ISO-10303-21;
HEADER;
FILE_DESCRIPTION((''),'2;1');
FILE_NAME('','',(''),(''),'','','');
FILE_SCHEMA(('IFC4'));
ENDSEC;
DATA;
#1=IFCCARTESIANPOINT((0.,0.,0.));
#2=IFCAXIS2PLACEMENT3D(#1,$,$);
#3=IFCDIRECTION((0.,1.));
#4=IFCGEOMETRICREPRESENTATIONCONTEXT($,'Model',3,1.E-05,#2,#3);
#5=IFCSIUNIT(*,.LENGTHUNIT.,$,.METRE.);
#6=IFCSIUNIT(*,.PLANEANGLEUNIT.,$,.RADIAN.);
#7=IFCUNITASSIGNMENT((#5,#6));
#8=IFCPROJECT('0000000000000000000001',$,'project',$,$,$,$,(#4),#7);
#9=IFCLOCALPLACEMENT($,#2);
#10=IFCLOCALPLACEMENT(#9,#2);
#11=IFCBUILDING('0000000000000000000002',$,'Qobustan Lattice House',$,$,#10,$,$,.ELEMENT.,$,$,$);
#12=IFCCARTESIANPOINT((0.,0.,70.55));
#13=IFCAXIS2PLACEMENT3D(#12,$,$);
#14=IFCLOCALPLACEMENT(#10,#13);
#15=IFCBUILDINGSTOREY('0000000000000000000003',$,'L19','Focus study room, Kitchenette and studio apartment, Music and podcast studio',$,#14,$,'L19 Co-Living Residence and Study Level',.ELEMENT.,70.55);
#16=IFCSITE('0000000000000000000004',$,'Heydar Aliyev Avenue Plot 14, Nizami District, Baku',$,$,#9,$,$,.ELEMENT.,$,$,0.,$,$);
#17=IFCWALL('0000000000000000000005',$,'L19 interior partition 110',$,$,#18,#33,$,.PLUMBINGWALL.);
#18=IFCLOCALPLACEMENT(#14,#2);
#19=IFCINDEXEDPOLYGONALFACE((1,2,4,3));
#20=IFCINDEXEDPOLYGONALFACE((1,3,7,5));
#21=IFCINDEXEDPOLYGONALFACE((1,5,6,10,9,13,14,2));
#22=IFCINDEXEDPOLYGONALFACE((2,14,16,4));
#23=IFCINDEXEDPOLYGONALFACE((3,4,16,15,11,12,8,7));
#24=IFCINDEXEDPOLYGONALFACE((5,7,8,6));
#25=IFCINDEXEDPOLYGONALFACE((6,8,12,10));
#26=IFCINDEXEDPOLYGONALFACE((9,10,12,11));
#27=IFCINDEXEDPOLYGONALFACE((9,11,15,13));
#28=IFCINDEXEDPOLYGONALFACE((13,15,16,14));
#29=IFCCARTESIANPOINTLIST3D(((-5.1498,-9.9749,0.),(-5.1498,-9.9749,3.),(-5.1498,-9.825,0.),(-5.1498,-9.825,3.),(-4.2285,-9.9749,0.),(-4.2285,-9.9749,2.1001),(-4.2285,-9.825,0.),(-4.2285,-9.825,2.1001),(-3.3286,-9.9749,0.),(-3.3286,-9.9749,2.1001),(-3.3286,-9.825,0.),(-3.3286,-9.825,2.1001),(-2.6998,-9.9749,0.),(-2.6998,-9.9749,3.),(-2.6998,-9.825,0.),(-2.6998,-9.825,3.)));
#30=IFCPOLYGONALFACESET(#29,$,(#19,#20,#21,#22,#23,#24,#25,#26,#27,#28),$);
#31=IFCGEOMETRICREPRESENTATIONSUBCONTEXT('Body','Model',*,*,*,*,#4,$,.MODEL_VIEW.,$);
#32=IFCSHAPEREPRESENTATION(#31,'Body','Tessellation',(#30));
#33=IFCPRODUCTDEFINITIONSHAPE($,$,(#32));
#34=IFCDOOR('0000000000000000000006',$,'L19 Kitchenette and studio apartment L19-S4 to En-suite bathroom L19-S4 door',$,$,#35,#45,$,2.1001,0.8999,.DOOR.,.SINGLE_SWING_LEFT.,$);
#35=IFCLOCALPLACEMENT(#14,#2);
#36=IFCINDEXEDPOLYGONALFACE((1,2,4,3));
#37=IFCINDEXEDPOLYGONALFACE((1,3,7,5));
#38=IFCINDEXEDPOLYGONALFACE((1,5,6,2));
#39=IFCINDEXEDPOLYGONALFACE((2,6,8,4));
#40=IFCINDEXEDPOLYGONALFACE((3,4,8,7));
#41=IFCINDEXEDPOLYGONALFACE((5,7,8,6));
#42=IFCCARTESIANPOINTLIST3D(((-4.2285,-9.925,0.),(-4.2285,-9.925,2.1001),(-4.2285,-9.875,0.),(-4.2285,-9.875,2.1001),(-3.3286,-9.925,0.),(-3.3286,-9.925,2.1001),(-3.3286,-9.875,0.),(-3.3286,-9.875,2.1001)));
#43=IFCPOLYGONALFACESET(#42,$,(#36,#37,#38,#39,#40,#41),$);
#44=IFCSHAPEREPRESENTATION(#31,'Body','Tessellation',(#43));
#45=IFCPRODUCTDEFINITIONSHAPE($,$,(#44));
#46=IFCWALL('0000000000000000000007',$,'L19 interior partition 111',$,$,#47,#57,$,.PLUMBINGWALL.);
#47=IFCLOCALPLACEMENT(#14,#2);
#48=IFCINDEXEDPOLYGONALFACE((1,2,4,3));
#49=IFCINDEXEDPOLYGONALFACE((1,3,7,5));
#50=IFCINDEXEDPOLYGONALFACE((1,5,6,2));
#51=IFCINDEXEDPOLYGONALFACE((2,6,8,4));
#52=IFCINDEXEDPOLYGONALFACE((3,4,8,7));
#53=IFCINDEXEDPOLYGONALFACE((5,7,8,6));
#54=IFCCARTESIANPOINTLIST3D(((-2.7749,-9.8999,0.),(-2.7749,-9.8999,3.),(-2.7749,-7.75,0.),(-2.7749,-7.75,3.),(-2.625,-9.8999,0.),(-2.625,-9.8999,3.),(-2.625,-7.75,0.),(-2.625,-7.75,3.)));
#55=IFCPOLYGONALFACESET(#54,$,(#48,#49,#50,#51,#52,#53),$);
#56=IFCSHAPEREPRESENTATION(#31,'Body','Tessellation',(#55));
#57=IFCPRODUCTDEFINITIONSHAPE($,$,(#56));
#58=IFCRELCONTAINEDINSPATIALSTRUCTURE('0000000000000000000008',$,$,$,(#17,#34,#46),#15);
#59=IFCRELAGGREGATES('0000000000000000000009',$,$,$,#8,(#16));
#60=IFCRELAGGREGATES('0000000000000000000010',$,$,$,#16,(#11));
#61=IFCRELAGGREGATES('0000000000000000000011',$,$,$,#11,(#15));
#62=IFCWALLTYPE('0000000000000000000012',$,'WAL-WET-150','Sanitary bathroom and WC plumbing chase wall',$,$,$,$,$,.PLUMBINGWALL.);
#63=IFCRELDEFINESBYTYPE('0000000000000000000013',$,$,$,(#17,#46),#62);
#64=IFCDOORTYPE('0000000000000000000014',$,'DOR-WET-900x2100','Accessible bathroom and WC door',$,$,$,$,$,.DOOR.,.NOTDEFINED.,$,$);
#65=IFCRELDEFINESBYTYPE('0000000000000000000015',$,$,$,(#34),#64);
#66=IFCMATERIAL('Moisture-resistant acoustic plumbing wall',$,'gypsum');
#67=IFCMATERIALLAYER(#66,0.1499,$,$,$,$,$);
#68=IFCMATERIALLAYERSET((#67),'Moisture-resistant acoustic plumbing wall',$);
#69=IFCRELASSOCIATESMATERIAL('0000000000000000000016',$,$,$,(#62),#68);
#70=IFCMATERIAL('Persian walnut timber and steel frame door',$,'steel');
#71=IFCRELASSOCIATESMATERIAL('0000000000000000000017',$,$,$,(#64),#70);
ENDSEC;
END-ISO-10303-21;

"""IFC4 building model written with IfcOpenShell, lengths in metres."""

from ifc_helpers import new_model, si_unit, direction, frame, frame_2d, origin, place, context, subcontext, project, spatial, rectangle, extrude, material, layer, layer_set, type_object, element, fill, save


model = new_model("IFC4")

# Units and contexts
model_context = context("Model", 3, precision=1e-05, world=origin(), true_north=direction((0.0, 1.0)))
body_context = subcontext(model_context, "Body", "Model", "MODEL_VIEW")
ifc_project = project(units=[si_unit("LENGTHUNIT", "METRE"), si_unit("PLANEANGLEUNIT", "RADIAN")], contexts=[model_context])

# Site, building, storey
site_placement = place(None, origin())
site = spatial("IfcSite", under=ifc_project, at=site_placement, Name="Heydar Aliyev Avenue Plot 14, Nizami District, Baku", CompositionType="ELEMENT", RefElevation=0.0)
building_placement = place(site_placement, origin())
building = spatial("IfcBuilding", under=site, at=building_placement, Name="Qobustan Lattice House", CompositionType="ELEMENT")
storey_placement = place(building_placement, frame((0.0, 0.0, 70.55)))
storey = spatial("IfcBuildingStorey", under=building, at=storey_placement, Name="L19", Description="Focus study room, Kitchenette and studio apartment, Music and podcast studio", LongName="L19 Co-Living Residence and Study Level", CompositionType="ELEMENT", Elevation=70.55)

# Shared definitions
ifc_material_1 = material(Name="Moisture-resistant acoustic plumbing wall", Category="gypsum")
ifc_layer_1 = layer(ifc_material_1, 0.1499)
ifc_layer_set_1 = layer_set([ifc_layer_1], Name="Moisture-resistant acoustic plumbing wall")
wall_type_1 = type_object("IfcWallType", Name="WAL-WET-150", Description="Sanitary bathroom and WC plumbing chase wall", PredefinedType="PLUMBINGWALL", material=ifc_layer_set_1)

# Shared definitions
ifc_material_2 = material(Name="Persian walnut timber and steel frame door", Category="steel")
door_type_1 = type_object("IfcDoorType", Name="DOR-WET-900x2100", Description="Accessible bathroom and WC door", OperationType="NOTDEFINED", PredefinedType="DOOR", material=ifc_material_2)

# Wall, opening, door
wall_1_placement = place(storey_placement, frame((-5.1499, -9.8999, 0.0), z_axis=(0.0, 0.0, 1.0), x_axis=(1.0, 0.0, 0.0)))
wall_1 = element("IfcWall", 1, at=wall_1_placement, inside=storey, type_object=wall_type_1, Name="L19 interior partition 110", PredefinedType="PLUMBINGWALL", context=body_context, shape_type="SweptSolid", body=[
    extrude(rectangle(XDim=2.45, YDim=0.1499, at=frame_2d((1.2251, 0.0))), origin(), (0.0, 0.0, 1.0), 3.0),
])
opening_1_placement = place(wall_1_placement, frame((0.9214, 0.0, 0.0)))
opening_1 = element("IfcOpeningElement", 2, at=opening_1_placement, cuts=wall_1, PredefinedType="OPENING", context=body_context, shape_type="SweptSolid", body=[
    extrude(rectangle(XDim=0.8999, YDim=2.1001, at=frame_2d((0.45, 1.05))), frame((0.0, 0.085, 0.0), z_axis=(0.0, -1.0, 0.0), x_axis=(1.0, 0.0, 0.0)), (0.0, 0.0, 1.0), 0.1699),
])
door_1_placement = place(opening_1_placement, origin())
door_1 = element("IfcDoor", 3, at=door_1_placement, inside=storey, type_object=door_type_1, Name="L19 Kitchenette and studio apartment L19-S4 to En-suite bathroom L19-S4 door", OperationType="SINGLE_SWING_LEFT", OverallHeight=2.1001, OverallWidth=0.8999, PredefinedType="DOOR", context=body_context, shape_type="SweptSolid", body=[
    extrude(rectangle(XDim=0.8999, YDim=2.1001, at=frame_2d((0.45, 1.05))), frame((0.0, 0.0249, 0.0), z_axis=(0.0, -1.0, 0.0), x_axis=(1.0, 0.0, 0.0)), (0.0, 0.0, 1.0), 0.05),
])
fill(opening_1, door_1)

# Wall
wall_2_placement = place(storey_placement, frame((-2.7, -9.8999, 0.0), z_axis=(0.0, 0.0, 1.0), x_axis=(0.0, 1.0, 0.0)))
element("IfcWall", 4, at=wall_2_placement, inside=storey, type_object=wall_type_1, Name="L19 interior partition 111", PredefinedType="PLUMBINGWALL", context=body_context, shape_type="SweptSolid", body=[
    extrude(rectangle(XDim=2.1499, YDim=0.1499, at=frame_2d((1.075, 0.0))), origin(), (0.0, 0.0, 1.0), 3.0),
])

save(model, "model.ifc")
